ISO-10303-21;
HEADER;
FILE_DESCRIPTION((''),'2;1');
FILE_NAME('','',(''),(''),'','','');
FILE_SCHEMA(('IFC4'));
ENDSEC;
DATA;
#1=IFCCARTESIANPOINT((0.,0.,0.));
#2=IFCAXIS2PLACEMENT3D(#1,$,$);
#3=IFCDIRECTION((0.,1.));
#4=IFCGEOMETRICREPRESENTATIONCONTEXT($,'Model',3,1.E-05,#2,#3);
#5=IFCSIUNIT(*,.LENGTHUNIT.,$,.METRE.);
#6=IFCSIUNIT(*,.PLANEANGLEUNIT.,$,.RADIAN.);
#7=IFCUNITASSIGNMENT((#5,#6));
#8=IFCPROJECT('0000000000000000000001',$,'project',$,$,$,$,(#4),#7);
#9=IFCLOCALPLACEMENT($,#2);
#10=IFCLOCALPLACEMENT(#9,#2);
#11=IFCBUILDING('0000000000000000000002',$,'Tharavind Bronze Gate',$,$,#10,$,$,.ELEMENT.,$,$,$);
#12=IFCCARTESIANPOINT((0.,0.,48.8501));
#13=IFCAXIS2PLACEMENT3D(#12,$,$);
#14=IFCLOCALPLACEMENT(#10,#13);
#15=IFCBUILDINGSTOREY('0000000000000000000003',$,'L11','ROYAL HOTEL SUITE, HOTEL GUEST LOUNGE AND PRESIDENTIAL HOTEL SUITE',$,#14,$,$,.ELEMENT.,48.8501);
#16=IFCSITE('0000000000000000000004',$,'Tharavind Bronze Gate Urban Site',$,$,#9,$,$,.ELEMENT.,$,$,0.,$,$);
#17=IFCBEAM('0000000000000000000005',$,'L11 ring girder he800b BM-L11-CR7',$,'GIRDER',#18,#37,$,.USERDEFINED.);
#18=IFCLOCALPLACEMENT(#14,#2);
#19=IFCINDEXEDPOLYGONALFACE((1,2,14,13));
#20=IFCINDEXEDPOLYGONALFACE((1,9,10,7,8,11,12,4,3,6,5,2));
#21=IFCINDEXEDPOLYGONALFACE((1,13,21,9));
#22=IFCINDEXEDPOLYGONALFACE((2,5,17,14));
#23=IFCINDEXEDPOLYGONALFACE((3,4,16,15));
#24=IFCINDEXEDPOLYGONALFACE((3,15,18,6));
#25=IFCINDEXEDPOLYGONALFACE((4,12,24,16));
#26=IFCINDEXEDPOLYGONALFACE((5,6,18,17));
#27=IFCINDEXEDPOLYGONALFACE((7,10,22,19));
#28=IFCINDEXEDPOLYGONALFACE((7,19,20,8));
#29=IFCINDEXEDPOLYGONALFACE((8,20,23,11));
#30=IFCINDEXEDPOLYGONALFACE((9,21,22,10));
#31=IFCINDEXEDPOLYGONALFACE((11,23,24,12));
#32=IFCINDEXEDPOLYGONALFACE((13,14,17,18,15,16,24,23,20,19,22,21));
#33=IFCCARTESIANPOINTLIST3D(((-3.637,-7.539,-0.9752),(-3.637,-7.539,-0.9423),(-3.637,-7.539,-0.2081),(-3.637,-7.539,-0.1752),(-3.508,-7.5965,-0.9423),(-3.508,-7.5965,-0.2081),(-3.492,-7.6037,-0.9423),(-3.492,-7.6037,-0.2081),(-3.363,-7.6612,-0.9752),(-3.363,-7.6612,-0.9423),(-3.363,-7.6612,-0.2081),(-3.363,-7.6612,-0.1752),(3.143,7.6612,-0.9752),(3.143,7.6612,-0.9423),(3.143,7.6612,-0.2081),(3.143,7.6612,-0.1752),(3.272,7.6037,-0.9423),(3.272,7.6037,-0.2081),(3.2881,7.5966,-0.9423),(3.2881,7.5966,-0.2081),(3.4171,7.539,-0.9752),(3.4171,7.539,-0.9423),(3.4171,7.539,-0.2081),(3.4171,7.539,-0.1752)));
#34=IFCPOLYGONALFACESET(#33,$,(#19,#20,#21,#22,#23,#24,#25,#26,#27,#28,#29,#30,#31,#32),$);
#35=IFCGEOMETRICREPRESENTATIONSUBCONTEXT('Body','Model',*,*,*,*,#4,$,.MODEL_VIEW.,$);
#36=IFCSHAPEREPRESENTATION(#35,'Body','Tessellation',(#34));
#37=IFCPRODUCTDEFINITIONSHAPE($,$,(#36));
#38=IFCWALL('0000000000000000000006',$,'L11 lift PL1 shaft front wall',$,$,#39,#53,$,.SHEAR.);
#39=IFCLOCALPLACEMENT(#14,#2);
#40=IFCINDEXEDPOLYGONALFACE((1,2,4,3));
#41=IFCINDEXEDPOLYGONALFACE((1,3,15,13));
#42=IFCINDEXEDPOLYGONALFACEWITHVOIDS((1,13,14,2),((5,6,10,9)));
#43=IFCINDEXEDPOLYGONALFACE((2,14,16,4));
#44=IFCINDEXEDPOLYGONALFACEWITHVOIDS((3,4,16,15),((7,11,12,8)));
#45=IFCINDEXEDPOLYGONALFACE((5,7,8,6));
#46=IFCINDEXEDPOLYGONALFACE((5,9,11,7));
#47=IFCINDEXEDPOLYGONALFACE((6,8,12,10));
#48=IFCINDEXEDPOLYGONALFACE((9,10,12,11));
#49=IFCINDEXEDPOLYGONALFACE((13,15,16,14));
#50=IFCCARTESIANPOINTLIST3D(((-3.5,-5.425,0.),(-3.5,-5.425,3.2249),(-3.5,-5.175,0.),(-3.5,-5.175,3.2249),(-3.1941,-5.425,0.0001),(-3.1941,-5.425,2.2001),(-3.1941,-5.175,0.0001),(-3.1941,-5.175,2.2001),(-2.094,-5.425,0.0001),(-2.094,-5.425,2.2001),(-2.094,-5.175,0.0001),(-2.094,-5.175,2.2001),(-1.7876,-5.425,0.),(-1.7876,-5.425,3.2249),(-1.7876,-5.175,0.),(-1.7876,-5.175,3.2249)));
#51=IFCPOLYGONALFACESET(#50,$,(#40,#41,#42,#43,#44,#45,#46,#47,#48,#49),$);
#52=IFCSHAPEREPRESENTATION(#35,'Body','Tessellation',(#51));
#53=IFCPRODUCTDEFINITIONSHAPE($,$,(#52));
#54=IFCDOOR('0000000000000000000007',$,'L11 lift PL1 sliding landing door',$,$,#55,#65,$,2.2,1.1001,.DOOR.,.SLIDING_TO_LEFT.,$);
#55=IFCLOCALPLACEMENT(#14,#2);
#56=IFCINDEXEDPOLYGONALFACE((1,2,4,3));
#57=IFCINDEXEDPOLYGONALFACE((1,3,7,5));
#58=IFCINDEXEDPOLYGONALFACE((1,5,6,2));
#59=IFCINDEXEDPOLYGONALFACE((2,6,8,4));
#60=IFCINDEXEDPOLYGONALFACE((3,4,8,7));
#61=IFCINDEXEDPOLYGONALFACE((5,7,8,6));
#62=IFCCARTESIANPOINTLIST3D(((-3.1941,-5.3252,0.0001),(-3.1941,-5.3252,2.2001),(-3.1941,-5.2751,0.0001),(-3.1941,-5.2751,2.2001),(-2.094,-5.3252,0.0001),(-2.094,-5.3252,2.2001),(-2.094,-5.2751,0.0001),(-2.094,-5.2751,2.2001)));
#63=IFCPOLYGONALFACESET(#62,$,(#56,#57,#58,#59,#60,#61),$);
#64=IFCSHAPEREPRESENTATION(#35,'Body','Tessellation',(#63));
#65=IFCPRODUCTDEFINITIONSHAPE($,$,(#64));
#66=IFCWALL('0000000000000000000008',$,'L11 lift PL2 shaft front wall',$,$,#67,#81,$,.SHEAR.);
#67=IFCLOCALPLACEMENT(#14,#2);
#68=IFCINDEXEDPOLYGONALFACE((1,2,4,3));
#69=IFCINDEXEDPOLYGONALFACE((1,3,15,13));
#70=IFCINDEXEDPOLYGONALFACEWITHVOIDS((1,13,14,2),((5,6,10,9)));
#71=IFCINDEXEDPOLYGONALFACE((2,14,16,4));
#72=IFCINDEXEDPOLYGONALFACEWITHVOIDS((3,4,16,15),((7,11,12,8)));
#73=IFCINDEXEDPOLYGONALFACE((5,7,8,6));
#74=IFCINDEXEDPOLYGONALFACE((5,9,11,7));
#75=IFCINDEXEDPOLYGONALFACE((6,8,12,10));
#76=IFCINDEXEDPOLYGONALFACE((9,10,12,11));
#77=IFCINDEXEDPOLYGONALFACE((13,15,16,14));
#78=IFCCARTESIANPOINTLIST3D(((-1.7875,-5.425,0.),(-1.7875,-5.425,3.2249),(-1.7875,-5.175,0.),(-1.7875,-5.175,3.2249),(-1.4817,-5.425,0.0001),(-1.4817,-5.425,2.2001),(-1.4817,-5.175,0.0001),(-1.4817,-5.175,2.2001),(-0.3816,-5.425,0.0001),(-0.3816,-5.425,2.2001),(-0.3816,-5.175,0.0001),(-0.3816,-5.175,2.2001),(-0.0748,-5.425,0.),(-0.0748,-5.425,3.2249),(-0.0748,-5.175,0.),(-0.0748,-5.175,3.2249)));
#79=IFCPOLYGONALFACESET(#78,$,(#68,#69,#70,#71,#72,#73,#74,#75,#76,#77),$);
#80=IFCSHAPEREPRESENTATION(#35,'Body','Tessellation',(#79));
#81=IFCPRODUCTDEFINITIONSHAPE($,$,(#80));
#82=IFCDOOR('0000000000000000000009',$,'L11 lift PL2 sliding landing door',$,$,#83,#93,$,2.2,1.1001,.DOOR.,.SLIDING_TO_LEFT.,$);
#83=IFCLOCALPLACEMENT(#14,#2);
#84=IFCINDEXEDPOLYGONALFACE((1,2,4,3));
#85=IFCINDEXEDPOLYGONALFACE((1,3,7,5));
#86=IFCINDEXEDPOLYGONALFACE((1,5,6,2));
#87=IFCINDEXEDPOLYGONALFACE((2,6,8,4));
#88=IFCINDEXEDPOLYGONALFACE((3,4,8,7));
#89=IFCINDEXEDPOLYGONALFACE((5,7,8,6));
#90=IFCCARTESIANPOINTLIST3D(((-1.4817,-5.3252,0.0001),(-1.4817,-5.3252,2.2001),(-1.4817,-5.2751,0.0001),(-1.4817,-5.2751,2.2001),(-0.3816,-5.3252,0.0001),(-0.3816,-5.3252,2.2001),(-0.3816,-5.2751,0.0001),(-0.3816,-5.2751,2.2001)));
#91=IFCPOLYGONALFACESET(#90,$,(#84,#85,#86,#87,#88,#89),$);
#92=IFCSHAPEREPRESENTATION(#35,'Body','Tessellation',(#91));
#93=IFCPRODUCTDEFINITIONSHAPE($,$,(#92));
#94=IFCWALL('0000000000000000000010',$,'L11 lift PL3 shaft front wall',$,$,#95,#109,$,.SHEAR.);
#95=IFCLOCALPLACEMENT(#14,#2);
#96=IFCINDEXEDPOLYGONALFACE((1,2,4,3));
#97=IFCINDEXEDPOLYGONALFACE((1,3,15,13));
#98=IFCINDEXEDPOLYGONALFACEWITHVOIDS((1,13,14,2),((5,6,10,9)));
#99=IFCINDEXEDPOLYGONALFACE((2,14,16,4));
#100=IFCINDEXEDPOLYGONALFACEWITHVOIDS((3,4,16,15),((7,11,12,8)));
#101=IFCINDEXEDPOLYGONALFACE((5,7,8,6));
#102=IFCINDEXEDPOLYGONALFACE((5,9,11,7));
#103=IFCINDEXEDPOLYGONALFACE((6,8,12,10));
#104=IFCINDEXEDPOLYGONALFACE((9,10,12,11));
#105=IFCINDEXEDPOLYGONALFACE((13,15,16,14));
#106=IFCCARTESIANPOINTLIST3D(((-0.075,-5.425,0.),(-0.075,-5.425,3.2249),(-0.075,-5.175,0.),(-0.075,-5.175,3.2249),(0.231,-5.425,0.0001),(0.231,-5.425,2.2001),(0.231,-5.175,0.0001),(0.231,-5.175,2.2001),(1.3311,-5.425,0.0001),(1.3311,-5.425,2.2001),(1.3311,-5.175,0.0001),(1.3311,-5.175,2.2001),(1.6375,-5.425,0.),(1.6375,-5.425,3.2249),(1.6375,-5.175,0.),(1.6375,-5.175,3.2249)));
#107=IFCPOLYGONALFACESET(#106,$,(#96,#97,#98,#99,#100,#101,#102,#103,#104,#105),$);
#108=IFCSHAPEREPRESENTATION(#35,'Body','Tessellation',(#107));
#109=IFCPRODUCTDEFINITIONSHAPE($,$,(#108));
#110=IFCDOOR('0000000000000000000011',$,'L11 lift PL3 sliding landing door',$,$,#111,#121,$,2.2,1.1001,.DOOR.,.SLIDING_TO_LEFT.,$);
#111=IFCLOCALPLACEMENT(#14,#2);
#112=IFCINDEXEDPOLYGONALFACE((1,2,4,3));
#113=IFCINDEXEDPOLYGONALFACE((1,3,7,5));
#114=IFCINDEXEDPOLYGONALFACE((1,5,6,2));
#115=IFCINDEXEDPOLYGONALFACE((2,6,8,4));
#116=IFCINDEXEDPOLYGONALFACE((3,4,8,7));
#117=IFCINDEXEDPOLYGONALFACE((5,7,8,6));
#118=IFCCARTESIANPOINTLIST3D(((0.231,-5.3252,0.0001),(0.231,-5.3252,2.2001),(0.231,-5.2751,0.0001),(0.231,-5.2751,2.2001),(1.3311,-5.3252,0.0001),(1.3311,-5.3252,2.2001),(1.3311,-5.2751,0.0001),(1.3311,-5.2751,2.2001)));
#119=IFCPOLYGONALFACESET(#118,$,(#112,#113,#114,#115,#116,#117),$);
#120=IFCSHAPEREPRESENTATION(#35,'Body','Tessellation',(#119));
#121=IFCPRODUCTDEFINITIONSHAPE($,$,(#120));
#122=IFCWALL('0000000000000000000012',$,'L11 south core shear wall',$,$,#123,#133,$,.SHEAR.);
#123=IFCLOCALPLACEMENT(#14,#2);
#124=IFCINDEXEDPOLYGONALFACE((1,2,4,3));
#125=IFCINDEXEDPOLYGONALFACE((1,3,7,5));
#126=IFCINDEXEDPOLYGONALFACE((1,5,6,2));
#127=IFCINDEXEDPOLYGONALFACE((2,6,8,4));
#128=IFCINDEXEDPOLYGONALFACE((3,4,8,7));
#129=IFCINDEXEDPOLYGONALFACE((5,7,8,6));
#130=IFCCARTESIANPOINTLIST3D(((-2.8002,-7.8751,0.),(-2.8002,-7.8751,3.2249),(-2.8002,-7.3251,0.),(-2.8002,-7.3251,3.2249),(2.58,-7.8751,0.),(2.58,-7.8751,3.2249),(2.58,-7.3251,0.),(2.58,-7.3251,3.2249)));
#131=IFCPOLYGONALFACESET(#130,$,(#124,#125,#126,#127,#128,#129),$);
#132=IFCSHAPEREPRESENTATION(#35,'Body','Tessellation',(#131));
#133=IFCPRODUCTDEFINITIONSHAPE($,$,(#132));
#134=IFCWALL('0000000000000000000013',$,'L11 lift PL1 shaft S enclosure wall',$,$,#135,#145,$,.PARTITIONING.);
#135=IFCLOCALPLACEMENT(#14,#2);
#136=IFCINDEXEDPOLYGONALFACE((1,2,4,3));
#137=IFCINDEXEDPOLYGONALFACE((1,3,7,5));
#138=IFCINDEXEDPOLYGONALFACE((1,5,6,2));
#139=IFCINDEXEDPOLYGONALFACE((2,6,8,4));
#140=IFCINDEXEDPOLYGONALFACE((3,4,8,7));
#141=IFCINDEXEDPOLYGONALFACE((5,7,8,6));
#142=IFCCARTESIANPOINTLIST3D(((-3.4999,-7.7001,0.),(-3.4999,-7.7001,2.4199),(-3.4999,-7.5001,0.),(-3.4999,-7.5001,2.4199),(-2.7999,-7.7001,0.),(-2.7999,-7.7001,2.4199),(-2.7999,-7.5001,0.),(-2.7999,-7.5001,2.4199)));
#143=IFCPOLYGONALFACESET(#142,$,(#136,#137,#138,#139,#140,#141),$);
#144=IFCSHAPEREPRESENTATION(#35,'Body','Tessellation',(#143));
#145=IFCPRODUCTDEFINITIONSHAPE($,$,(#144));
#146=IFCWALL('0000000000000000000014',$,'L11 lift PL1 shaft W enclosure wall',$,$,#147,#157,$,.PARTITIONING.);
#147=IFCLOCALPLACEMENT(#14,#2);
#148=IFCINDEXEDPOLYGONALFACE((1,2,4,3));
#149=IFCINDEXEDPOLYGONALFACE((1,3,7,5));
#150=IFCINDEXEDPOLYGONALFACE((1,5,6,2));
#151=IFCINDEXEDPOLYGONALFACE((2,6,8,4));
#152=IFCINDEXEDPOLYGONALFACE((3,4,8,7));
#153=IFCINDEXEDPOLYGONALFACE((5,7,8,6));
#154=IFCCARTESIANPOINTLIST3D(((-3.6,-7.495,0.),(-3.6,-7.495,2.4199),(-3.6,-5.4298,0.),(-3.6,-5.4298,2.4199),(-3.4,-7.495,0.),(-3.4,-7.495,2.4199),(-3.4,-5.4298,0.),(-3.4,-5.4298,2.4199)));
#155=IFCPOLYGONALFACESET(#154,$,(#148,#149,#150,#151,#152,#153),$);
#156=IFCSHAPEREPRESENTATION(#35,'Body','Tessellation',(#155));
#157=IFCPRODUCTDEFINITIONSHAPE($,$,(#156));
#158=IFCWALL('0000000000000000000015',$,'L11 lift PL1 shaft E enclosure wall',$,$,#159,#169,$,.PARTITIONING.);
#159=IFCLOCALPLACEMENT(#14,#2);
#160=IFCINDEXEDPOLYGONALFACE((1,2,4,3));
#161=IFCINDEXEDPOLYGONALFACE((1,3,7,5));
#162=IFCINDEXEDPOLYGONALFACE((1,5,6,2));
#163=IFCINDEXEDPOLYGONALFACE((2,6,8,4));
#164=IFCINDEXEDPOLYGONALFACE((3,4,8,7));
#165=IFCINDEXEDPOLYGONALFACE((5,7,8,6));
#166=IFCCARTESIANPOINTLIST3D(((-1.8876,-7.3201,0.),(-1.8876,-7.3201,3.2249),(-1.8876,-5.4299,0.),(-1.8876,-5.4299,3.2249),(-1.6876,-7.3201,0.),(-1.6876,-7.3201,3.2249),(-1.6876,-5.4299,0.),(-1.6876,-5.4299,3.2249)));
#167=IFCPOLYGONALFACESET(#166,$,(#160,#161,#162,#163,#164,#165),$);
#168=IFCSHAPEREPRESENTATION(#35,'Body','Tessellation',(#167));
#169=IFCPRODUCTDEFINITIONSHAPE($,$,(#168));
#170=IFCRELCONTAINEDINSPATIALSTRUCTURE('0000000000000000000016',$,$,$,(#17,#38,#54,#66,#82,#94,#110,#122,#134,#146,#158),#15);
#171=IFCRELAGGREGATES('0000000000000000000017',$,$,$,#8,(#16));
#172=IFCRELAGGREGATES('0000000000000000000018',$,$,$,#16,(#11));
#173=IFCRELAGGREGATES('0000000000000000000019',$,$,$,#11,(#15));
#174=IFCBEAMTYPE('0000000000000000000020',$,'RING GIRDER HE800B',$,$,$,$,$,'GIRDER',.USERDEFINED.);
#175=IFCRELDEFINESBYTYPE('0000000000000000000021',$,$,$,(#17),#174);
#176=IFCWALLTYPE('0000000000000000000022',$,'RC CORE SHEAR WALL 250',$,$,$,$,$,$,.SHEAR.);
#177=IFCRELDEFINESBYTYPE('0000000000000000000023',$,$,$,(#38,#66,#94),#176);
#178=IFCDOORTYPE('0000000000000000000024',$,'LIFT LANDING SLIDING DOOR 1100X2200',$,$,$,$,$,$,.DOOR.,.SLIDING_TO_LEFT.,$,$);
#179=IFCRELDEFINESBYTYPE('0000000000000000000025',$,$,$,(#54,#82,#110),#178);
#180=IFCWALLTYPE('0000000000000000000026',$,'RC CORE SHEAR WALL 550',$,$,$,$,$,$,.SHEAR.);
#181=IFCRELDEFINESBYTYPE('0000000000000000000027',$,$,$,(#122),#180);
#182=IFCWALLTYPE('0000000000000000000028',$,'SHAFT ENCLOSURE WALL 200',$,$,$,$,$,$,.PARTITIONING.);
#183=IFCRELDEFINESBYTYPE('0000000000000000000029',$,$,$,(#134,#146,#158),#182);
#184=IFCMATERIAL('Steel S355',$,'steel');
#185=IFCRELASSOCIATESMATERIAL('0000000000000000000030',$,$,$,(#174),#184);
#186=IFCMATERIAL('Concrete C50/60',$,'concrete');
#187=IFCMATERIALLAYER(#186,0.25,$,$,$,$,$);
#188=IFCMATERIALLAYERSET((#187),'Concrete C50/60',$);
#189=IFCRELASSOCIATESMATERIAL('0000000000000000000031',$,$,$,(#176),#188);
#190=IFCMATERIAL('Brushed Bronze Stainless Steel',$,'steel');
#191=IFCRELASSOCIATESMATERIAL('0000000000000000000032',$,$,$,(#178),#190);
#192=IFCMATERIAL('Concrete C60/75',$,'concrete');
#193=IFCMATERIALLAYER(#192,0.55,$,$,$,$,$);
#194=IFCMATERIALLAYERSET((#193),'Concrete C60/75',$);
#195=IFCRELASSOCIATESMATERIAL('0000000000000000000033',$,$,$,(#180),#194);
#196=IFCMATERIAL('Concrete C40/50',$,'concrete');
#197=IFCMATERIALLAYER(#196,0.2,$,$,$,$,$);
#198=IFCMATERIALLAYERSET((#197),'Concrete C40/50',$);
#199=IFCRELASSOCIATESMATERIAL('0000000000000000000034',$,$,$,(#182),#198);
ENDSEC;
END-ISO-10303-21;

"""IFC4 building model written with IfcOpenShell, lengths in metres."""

from ifc_helpers import new_model, si_unit, direction, frame, frame_2d, origin, origin_2d, place, context, subcontext, project, spatial, rectangle, i_section, extrude, material, layer, layer_set, material_profile, profile_set, type_object, element, fill, save


model = new_model("IFC4")

# Units and contexts
model_context = context("Model", 3, precision=1e-05, world=origin(), true_north=direction((0.0, 1.0)))
body_context = subcontext(model_context, "Body", "Model", "MODEL_VIEW")
ifc_project = project(units=[si_unit("LENGTHUNIT", "METRE"), si_unit("PLANEANGLEUNIT", "RADIAN")], contexts=[model_context])

# Site, building, storey
site_placement = place(None, origin())
site = spatial("IfcSite", under=ifc_project, at=site_placement, Name="Tharavind Bronze Gate Urban Site", CompositionType="ELEMENT", RefElevation=0.0)
building_placement = place(site_placement, origin())
building = spatial("IfcBuilding", under=site, at=building_placement, Name="Tharavind Bronze Gate", CompositionType="ELEMENT")
storey_placement = place(building_placement, frame((0.0, 0.0, 48.8501)))
storey = spatial("IfcBuildingStorey", under=building, at=storey_placement, Name="L11", Description="ROYAL HOTEL SUITE, HOTEL GUEST LOUNGE AND PRESIDENTIAL HOTEL SUITE", CompositionType="ELEMENT", Elevation=48.8501)

# Beam
ifc_material_1 = material(Name="Steel S355", Category="steel")
ifc_material_profile = material_profile(ifc_material_1, i_section(OverallWidth=0.3, OverallDepth=0.8, WebThickness=0.0176, FlangeThickness=0.033, at=origin_2d()), Name="HE800B")
ifc_profile_set = profile_set([ifc_material_profile], Name="Steel S355")
beam_type = type_object("IfcBeamType", Name="RING GIRDER HE800B", ElementType="GIRDER", PredefinedType="USERDEFINED", material=ifc_profile_set)
beam_placement = place(storey_placement, frame((-3.5, -7.6001, -0.5752), z_axis=(0.407362, 0.913267, 0.0), x_axis=(-0.913267, 0.407362, 0.0)))
element("IfcBeam", 1, at=beam_placement, inside=storey, type_object=beam_type, Name="L11 ring girder he800b BM-L11-CR7", ObjectType="GIRDER", PredefinedType="USERDEFINED", context=body_context, shape_type="SweptSolid", body=[
    extrude(i_section(OverallWidth=0.3, OverallDepth=0.8, WebThickness=0.0176, FlangeThickness=0.033, at=origin_2d()), origin(), (0.0, 0.0, 1.0), 16.6438),
])

# Walls, openings, doors
ifc_material_2 = material(Name="Concrete C50/60", Category="concrete")
ifc_layer_1 = layer(ifc_material_2, 0.25)
ifc_layer_set_1 = layer_set([ifc_layer_1], Name="Concrete C50/60")
wall_type_1 = type_object("IfcWallType", Name="RC CORE SHEAR WALL 250", PredefinedType="SHEAR", material=ifc_layer_set_1)
wall_1_placement = place(storey_placement, frame((-3.5, -5.3, 0.0), z_axis=(0.0, 0.0, 1.0), x_axis=(1.0, 0.0, 0.0)))
wall_1 = element("IfcWall", 2, at=wall_1_placement, inside=storey, type_object=wall_type_1, Name="L11 lift PL1 shaft front wall", PredefinedType="SHEAR", context=body_context, shape_type="SweptSolid", body=[
    extrude(rectangle(XDim=1.7124, YDim=0.25, at=frame_2d((0.8562, 0.0))), origin(), (0.0, 0.0, 1.0), 3.2249),
])
opening_1_placement = place(wall_1_placement, frame((0.3059, 0.0, 0.0)))
opening_1 = element("IfcOpeningElement", 3, at=opening_1_placement, cuts=wall_1, PredefinedType="OPENING", context=body_context, shape_type="SweptSolid", body=[
    extrude(rectangle(XDim=1.1001, YDim=2.2, at=frame_2d((0.55, 1.1001))), frame((0.0, 0.135, 0.0), z_axis=(0.0, -1.0, 0.0), x_axis=(1.0, 0.0, 0.0)), (0.0, 0.0, 1.0), 0.27),
])
ifc_material_3 = material(Name="Brushed Bronze Stainless Steel", Category="steel")
door_type_1 = type_object("IfcDoorType", Name="LIFT LANDING SLIDING DOOR 1100X2200", OperationType="SLIDING_TO_LEFT", PredefinedType="DOOR", material=ifc_material_3)
door_1_placement = place(opening_1_placement, origin())
door_1 = element("IfcDoor", 4, at=door_1_placement, inside=storey, type_object=door_type_1, Name="L11 lift PL1 sliding landing door", OperationType="SLIDING_TO_LEFT", OverallHeight=2.2, OverallWidth=1.1001, PredefinedType="DOOR", context=body_context, shape_type="SweptSolid", body=[
    extrude(rectangle(XDim=1.1001, YDim=2.2, at=frame_2d((0.55, 1.1001))), frame((0.0, 0.0249, 0.0), z_axis=(0.0, -1.0, 0.0), x_axis=(1.0, 0.0, 0.0)), (0.0, 0.0, 1.0), 0.05),
])
fill(opening_1, door_1)
wall_2_placement = place(storey_placement, frame((-1.7876, -5.3, 0.0), z_axis=(0.0, 0.0, 1.0), x_axis=(1.0, 0.0, 0.0)))
wall_2 = element("IfcWall", 5, at=wall_2_placement, inside=storey, type_object=wall_type_1, Name="L11 lift PL2 shaft front wall", PredefinedType="SHEAR", context=body_context, shape_type="SweptSolid", body=[
    extrude(rectangle(XDim=1.7126, YDim=0.25, at=frame_2d((0.8564, 0.0))), origin(), (0.0, 0.0, 1.0), 3.2249),
])
opening_2_placement = place(wall_2_placement, frame((0.3059, 0.0, 0.0)))
opening_2 = element("IfcOpeningElement", 6, at=opening_2_placement, cuts=wall_2, PredefinedType="OPENING", context=body_context, shape_type="SweptSolid", body=[
    extrude(rectangle(XDim=1.1001, YDim=2.2, at=frame_2d((0.55, 1.1001))), frame((0.0, 0.135, 0.0), z_axis=(0.0, -1.0, 0.0), x_axis=(1.0, 0.0, 0.0)), (0.0, 0.0, 1.0), 0.27),
])
door_2_placement = place(opening_2_placement, origin())
door_2 = element("IfcDoor", 7, at=door_2_placement, inside=storey, type_object=door_type_1, Name="L11 lift PL2 sliding landing door", OperationType="SLIDING_TO_LEFT", OverallHeight=2.2, OverallWidth=1.1001, PredefinedType="DOOR", context=body_context, shape_type="SweptSolid", body=[
    extrude(rectangle(XDim=1.1001, YDim=2.2, at=frame_2d((0.55, 1.1001))), frame((0.0, 0.0249, 0.0), z_axis=(0.0, -1.0, 0.0), x_axis=(1.0, 0.0, 0.0)), (0.0, 0.0, 1.0), 0.05),
])
fill(opening_2, door_2)
wall_3_placement = place(storey_placement, frame((-0.075, -5.3, 0.0), z_axis=(0.0, 0.0, 1.0), x_axis=(1.0, 0.0, 0.0)))
wall_3 = element("IfcWall", 8, at=wall_3_placement, inside=storey, type_object=wall_type_1, Name="L11 lift PL3 shaft front wall", PredefinedType="SHEAR", context=body_context, shape_type="SweptSolid", body=[
    extrude(rectangle(XDim=1.7124, YDim=0.25, at=frame_2d((0.8562, 0.0))), origin(), (0.0, 0.0, 1.0), 3.2249),
])
opening_3_placement = place(wall_3_placement, frame((0.3059, 0.0, 0.0)))
opening_3 = element("IfcOpeningElement", 9, at=opening_3_placement, cuts=wall_3, PredefinedType="OPENING", context=body_context, shape_type="SweptSolid", body=[
    extrude(rectangle(XDim=1.1001, YDim=2.2, at=frame_2d((0.55, 1.1001))), frame((0.0, 0.135, 0.0), z_axis=(0.0, -1.0, 0.0), x_axis=(1.0, 0.0, 0.0)), (0.0, 0.0, 1.0), 0.27),
])
door_3_placement = place(opening_3_placement, origin())
door_3 = element("IfcDoor", 10, at=door_3_placement, inside=storey, type_object=door_type_1, Name="L11 lift PL3 sliding landing door", OperationType="SLIDING_TO_LEFT", OverallHeight=2.2, OverallWidth=1.1001, PredefinedType="DOOR", context=body_context, shape_type="SweptSolid", body=[
    extrude(rectangle(XDim=1.1001, YDim=2.2, at=frame_2d((0.55, 1.1001))), frame((0.0, 0.0249, 0.0), z_axis=(0.0, -1.0, 0.0), x_axis=(1.0, 0.0, 0.0)), (0.0, 0.0, 1.0), 0.05),
])
fill(opening_3, door_3)

# Walls
ifc_material_4 = material(Name="Concrete C60/75", Category="concrete")
ifc_layer_2 = layer(ifc_material_4, 0.55)
ifc_layer_set_2 = layer_set([ifc_layer_2], Name="Concrete C60/75")
wall_type_2 = type_object("IfcWallType", Name="RC CORE SHEAR WALL 550", PredefinedType="SHEAR", material=ifc_layer_set_2)
wall_4_placement = place(storey_placement, frame((-2.8, -7.6001, 0.0), z_axis=(0.0, 0.0, 1.0), x_axis=(1.0, 0.0, 0.0)))
element("IfcWall", 11, at=wall_4_placement, inside=storey, type_object=wall_type_2, Name="L11 south core shear wall", PredefinedType="SHEAR", context=body_context, shape_type="SweptSolid", body=[
    extrude(rectangle(XDim=5.3801, YDim=0.55, at=frame_2d((2.6899, 0.0))), origin(), (0.0, 0.0, 1.0), 3.2249),
])
ifc_material_5 = material(Name="Concrete C40/50", Category="concrete")
ifc_layer_3 = layer(ifc_material_5, 0.2)
ifc_layer_set_3 = layer_set([ifc_layer_3], Name="Concrete C40/50")
wall_type_3 = type_object("IfcWallType", Name="SHAFT ENCLOSURE WALL 200", PredefinedType="PARTITIONING", material=ifc_layer_set_3)
wall_5_placement = place(storey_placement, frame((-3.5, -7.6001, 0.0), z_axis=(0.0, 0.0, 1.0), x_axis=(1.0, 0.0, 0.0)))
element("IfcWall", 12, at=wall_5_placement, inside=storey, type_object=wall_type_3, Name="L11 lift PL1 shaft S enclosure wall", PredefinedType="PARTITIONING", context=body_context, shape_type="SweptSolid", body=[
    extrude(rectangle(XDim=0.7, YDim=0.2, at=frame_2d((0.3501, 0.0))), origin(), (0.0, 0.0, 1.0), 2.4199),
])
wall_6_placement = place(storey_placement, frame((-3.5, -7.4951, 0.0), z_axis=(0.0, 0.0, 1.0), x_axis=(0.0, 1.0, 0.0)))
element("IfcWall", 13, at=wall_6_placement, inside=storey, type_object=wall_type_3, Name="L11 lift PL1 shaft W enclosure wall", PredefinedType="PARTITIONING", context=body_context, shape_type="SweptSolid", body=[
    extrude(rectangle(XDim=2.0652, YDim=0.2, at=frame_2d((1.0327, 0.0))), origin(), (0.0, 0.0, 1.0), 2.4199),
])
for number, where, z_axis, x_axis, name in (
    (14, (-1.7876, -7.3201, 0.0), (0.0, 0.0, 1.0), (0.0, 1.0, 0.0), "L11 lift PL1 shaft E enclosure wall"),
):
    element("IfcWall", number, at=place(storey_placement, frame(where, z_axis=z_axis, x_axis=x_axis)), inside=storey, type_object=wall_type_3, Name=name, PredefinedType="PARTITIONING", context=body_context, shape_type="SweptSolid", body=[
        extrude(rectangle(XDim=1.8901, YDim=0.2, at=frame_2d((0.9451, 0.0))), origin(), (0.0, 0.0, 1.0), 3.2249),
    ])

save(model, "model.ifc")
